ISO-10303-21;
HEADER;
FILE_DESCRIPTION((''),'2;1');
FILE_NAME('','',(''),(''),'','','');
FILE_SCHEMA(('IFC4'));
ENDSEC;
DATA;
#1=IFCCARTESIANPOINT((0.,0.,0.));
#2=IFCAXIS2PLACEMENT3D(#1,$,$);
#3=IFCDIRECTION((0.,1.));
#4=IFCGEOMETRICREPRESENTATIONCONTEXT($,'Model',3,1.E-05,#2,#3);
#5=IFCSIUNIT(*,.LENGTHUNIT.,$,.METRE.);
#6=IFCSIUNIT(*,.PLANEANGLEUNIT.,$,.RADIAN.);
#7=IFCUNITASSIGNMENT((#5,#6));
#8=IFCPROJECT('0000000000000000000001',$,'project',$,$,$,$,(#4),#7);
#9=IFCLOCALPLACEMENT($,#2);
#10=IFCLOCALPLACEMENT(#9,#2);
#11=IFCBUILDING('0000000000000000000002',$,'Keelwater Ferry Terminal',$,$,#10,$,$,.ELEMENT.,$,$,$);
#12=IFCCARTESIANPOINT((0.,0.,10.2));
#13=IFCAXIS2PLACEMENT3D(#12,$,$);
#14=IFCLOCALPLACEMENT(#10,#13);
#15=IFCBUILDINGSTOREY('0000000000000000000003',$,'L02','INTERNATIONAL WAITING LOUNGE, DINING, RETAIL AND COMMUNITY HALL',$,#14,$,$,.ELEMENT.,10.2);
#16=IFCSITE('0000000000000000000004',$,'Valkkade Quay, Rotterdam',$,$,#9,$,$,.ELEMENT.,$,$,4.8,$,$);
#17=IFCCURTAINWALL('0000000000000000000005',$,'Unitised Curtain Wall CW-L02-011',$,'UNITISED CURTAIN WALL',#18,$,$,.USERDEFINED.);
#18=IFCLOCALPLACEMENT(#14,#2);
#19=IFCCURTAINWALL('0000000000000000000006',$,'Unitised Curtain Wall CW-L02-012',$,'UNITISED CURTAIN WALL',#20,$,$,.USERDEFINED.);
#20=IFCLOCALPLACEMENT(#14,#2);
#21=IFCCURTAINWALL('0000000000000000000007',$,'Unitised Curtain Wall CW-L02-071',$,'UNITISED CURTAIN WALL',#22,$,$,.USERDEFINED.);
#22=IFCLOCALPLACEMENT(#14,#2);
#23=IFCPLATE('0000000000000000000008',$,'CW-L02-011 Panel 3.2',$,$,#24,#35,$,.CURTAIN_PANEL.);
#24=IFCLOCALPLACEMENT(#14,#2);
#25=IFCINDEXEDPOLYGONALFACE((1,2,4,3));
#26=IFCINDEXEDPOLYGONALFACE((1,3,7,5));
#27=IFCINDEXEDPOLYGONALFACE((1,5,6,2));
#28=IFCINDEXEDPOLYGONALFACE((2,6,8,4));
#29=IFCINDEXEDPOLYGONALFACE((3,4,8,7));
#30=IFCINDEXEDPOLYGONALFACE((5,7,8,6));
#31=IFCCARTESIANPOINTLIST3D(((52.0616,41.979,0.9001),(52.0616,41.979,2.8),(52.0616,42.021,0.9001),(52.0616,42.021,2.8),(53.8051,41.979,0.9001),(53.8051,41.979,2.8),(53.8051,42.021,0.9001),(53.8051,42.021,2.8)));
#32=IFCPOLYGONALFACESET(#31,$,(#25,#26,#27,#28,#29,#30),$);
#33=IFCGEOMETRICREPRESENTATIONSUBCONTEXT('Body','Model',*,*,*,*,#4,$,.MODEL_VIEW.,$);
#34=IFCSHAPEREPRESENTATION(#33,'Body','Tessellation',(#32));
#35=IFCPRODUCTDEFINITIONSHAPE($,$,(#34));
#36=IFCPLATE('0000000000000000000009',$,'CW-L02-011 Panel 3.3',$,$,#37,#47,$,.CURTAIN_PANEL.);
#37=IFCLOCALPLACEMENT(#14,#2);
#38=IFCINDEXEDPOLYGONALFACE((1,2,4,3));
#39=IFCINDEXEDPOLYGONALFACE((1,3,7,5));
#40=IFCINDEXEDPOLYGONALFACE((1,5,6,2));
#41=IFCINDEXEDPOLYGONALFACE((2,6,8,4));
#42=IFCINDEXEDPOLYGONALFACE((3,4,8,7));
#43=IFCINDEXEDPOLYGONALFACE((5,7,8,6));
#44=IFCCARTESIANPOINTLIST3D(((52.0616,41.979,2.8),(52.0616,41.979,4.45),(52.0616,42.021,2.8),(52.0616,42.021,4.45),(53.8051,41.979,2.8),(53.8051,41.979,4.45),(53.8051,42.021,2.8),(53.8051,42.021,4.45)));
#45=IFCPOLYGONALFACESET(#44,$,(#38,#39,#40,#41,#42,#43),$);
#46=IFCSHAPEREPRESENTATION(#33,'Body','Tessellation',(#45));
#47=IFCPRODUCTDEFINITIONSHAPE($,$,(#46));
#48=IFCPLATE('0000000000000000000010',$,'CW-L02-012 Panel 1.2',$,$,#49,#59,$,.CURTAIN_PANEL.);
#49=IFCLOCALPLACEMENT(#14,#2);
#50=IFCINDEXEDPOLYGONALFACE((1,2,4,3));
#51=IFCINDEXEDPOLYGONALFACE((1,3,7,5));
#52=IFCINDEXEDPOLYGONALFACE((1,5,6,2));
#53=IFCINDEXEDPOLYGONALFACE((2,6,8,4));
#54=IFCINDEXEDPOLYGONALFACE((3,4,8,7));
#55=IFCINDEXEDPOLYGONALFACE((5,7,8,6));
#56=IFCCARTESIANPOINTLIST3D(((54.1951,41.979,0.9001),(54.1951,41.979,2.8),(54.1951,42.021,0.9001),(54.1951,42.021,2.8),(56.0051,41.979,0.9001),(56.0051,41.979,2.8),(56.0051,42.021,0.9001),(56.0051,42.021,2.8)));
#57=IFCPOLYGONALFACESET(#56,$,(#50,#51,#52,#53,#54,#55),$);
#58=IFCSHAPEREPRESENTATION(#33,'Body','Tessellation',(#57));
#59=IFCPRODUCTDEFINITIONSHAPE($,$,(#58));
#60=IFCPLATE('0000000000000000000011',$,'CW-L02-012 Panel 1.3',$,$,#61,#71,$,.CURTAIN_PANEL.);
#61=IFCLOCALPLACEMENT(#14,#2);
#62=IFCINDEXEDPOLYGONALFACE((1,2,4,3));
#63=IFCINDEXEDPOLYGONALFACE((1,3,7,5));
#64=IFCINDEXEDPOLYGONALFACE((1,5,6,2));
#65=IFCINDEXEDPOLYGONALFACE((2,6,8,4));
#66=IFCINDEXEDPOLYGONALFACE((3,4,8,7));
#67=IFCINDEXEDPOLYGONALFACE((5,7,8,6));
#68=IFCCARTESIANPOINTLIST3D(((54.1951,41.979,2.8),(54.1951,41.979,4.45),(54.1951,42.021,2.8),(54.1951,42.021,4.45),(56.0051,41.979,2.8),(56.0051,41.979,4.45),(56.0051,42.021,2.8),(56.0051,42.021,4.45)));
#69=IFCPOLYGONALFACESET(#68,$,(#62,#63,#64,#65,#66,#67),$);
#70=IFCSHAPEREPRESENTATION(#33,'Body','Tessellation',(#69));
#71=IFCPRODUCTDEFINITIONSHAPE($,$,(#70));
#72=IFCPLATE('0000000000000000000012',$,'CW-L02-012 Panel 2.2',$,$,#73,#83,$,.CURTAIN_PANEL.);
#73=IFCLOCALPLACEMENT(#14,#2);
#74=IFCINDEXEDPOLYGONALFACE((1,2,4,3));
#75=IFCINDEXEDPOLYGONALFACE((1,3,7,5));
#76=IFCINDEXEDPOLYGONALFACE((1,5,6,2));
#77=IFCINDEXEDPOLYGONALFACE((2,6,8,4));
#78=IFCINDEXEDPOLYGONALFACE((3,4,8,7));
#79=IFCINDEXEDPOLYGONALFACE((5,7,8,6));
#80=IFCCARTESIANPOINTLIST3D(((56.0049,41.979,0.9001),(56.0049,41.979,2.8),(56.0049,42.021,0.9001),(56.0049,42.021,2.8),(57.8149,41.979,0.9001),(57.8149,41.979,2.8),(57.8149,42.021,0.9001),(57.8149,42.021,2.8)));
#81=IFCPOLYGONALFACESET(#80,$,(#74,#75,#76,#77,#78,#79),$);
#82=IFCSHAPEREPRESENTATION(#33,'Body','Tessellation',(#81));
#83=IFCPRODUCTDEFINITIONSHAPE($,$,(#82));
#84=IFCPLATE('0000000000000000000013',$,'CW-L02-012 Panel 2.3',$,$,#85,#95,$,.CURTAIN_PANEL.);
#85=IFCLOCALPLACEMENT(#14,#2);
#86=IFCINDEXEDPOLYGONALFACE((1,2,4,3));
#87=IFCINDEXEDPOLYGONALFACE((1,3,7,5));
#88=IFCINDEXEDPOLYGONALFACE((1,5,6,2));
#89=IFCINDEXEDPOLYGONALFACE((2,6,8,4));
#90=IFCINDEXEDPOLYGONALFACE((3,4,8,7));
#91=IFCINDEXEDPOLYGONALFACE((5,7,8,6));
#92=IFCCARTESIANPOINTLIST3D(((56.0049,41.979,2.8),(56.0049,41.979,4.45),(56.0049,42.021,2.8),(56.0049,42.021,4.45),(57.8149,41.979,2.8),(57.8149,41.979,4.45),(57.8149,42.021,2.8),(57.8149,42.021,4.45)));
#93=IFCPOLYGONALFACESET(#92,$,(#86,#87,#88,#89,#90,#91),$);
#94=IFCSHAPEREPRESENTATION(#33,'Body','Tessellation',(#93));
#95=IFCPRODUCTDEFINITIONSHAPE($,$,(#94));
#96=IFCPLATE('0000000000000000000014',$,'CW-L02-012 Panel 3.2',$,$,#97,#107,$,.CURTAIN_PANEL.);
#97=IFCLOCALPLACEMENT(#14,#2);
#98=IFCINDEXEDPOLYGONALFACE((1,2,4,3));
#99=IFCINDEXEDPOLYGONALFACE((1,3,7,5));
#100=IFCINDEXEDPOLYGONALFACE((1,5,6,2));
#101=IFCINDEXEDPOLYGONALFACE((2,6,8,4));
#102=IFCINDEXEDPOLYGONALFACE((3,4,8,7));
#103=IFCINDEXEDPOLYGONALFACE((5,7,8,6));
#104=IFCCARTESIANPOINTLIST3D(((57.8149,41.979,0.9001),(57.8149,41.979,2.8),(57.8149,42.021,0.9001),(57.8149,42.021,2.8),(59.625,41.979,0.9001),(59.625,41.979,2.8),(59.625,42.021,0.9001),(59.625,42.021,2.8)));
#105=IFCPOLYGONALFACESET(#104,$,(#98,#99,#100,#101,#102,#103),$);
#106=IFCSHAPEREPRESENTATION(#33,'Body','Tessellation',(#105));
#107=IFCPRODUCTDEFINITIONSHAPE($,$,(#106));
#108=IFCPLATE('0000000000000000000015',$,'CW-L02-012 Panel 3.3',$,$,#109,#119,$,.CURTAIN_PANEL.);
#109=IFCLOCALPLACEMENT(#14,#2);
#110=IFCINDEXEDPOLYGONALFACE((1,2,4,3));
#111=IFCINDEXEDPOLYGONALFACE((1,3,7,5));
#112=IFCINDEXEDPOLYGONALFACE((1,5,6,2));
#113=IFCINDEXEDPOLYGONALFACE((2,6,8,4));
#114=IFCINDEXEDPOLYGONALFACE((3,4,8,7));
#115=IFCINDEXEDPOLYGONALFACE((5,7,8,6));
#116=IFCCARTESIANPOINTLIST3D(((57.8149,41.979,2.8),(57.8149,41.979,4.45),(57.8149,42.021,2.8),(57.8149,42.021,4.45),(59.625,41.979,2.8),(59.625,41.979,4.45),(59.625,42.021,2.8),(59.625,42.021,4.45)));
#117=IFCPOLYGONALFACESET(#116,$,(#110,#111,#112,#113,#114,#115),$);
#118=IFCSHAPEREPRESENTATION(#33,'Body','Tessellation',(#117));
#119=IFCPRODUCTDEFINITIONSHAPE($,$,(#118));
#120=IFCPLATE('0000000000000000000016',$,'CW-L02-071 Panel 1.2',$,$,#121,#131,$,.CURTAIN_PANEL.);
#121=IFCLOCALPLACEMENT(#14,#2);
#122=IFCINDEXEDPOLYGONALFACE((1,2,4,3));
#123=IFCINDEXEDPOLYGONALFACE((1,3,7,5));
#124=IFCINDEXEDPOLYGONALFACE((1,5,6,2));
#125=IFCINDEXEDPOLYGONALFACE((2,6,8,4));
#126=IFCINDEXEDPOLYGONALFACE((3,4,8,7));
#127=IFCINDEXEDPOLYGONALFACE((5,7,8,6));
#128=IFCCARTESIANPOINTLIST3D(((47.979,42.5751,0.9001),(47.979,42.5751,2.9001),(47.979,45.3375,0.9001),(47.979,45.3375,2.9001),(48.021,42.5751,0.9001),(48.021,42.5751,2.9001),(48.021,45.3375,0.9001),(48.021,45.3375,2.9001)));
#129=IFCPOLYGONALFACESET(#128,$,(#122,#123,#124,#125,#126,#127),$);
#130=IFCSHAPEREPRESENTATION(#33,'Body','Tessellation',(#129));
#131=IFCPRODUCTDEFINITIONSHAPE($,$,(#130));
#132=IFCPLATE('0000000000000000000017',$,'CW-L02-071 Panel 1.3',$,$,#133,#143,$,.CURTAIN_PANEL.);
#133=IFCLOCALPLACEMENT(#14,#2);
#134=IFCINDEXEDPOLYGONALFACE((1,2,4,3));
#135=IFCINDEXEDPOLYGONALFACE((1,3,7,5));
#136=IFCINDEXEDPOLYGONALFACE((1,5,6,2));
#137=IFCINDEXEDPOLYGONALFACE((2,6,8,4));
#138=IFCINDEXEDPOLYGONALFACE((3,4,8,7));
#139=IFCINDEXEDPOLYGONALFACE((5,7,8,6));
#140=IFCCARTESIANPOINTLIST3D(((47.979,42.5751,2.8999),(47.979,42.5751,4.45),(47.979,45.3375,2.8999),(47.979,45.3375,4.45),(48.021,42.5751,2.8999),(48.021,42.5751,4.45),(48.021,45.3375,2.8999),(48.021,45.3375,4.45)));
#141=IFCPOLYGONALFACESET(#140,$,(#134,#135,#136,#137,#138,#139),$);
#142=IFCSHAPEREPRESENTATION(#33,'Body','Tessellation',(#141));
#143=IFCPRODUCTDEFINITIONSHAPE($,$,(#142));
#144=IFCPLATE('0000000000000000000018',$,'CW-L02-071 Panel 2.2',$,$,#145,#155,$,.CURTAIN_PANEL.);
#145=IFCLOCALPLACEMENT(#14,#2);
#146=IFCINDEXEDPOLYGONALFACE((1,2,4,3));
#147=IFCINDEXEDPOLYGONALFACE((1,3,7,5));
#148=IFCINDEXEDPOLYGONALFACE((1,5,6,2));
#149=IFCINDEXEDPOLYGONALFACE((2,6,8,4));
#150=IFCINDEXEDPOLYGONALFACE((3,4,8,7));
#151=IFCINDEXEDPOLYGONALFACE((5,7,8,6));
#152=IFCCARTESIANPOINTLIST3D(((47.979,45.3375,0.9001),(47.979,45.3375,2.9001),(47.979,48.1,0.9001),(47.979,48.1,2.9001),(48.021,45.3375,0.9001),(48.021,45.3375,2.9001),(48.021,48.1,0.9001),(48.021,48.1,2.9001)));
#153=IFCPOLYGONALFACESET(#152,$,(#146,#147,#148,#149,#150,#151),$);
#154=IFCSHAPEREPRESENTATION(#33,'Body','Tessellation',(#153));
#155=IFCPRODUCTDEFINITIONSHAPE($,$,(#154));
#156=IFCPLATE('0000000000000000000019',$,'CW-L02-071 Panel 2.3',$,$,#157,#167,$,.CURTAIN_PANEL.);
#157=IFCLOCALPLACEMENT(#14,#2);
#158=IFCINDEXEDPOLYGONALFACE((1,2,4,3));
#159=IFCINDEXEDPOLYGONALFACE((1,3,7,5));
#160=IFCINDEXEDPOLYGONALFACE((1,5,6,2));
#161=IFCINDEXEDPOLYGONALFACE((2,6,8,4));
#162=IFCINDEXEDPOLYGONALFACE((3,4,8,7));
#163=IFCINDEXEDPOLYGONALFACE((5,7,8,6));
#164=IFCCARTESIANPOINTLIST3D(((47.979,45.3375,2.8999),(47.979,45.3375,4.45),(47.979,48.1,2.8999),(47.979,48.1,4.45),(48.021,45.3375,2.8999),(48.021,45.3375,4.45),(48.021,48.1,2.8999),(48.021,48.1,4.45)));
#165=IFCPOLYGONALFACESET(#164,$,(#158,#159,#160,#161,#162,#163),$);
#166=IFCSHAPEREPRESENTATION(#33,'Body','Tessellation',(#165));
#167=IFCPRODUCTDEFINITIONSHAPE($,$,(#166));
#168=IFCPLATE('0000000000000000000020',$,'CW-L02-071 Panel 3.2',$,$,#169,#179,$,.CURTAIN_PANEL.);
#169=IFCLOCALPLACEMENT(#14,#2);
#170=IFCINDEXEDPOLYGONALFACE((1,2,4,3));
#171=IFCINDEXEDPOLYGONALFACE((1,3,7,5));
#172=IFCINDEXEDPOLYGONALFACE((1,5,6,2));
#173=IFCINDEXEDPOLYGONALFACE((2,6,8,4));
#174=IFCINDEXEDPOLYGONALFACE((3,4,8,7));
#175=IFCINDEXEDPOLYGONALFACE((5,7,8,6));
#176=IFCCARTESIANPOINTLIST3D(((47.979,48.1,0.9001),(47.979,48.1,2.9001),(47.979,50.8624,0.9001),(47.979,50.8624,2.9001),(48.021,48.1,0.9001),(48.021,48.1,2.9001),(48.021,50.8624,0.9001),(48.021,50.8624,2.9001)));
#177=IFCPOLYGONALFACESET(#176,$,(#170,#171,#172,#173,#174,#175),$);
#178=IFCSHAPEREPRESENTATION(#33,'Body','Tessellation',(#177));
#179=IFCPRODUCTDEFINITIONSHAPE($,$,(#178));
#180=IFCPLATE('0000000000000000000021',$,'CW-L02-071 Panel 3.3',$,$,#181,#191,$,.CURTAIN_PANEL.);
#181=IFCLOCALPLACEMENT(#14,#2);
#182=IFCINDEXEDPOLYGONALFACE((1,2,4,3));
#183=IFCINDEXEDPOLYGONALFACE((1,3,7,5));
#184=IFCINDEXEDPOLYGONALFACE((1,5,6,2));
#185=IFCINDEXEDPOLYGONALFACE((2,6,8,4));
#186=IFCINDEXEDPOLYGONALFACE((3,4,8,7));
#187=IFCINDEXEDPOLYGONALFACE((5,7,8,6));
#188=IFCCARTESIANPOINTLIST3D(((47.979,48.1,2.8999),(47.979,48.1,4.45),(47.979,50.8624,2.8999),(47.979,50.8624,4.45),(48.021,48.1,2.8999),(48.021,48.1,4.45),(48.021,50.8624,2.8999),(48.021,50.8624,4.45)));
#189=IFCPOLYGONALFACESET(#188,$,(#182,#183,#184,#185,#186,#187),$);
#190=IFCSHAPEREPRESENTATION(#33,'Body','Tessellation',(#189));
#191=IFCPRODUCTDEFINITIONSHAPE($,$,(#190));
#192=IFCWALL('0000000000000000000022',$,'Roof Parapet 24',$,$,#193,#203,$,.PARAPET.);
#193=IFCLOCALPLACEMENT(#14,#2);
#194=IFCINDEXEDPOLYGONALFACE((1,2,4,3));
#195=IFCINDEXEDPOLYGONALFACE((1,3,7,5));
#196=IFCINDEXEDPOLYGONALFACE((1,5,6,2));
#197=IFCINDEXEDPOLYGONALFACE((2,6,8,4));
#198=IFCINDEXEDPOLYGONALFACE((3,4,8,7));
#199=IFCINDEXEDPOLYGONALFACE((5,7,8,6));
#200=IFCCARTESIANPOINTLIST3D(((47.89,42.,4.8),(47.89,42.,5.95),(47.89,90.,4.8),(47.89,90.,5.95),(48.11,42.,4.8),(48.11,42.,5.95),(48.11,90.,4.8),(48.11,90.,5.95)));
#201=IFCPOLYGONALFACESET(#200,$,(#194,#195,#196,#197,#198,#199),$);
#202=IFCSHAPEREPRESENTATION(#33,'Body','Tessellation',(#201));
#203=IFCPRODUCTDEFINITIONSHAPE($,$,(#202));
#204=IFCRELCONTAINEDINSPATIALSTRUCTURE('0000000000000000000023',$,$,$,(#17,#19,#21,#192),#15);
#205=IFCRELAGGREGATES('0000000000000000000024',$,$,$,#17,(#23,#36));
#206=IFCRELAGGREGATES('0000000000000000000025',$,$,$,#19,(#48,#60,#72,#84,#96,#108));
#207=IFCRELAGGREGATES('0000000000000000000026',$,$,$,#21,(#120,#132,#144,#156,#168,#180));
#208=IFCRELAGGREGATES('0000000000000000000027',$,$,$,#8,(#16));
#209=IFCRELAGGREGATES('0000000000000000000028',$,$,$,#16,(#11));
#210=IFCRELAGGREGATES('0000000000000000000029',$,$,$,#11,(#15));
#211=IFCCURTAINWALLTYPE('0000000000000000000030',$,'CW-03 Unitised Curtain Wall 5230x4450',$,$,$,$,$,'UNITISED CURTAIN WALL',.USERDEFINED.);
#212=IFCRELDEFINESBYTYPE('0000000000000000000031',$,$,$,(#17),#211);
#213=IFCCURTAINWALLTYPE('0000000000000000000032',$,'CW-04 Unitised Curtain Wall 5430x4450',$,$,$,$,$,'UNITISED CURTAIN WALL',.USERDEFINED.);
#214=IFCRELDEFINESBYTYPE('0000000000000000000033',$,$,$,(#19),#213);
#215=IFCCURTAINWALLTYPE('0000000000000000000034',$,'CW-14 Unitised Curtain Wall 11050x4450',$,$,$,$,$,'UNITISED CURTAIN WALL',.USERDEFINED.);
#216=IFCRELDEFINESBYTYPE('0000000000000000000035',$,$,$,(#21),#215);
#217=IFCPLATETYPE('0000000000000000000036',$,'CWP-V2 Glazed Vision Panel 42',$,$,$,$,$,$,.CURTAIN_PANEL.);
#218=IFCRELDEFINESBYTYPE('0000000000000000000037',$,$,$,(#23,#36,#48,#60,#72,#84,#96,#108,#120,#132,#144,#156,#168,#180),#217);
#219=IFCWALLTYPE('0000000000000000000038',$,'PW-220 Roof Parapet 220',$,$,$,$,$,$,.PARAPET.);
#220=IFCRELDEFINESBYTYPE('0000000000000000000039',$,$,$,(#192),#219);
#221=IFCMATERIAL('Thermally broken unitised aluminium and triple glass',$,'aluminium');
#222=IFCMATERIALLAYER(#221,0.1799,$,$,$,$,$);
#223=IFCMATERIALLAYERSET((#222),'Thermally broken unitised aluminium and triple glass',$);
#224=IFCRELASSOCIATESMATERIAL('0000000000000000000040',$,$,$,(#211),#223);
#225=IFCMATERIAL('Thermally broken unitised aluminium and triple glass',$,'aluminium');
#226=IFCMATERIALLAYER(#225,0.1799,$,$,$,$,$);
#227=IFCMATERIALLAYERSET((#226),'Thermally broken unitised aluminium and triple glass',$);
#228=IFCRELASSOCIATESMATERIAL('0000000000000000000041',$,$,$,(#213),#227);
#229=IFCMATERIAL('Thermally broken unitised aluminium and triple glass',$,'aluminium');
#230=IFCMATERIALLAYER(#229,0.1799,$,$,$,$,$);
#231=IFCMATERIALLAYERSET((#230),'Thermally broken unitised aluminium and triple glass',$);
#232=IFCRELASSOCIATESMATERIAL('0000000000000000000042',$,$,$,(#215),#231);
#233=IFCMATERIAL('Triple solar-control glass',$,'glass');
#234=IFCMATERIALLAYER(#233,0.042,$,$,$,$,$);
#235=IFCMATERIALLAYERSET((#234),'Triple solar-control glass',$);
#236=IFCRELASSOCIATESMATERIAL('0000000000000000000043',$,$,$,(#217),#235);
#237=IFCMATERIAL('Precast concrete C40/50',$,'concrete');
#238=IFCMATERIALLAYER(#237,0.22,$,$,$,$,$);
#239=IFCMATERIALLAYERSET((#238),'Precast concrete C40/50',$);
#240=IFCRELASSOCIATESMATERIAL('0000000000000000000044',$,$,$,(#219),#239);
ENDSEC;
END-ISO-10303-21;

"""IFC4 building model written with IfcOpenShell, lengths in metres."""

from ifc_helpers import new_model, si_unit, direction, frame, frame_2d, origin, origin_2d, place, context, subcontext, project, spatial, rectangle, extrude, material, layer, layer_set, type_object, element, aggregate, save


model = new_model("IFC4")

# Units and contexts
model_context = context("Model", 3, precision=1e-05, world=origin(), true_north=direction((0.0, 1.0)))
body_context = subcontext(model_context, "Body", "Model", "MODEL_VIEW")
ifc_project = project(units=[si_unit("LENGTHUNIT", "METRE"), si_unit("PLANEANGLEUNIT", "RADIAN")], contexts=[model_context])

# Site, building, storey
site_placement = place(None, origin())
site = spatial("IfcSite", under=ifc_project, at=site_placement, Name="Valkkade Quay, Rotterdam", CompositionType="ELEMENT", RefElevation=4.8)
building_placement = place(site_placement, origin())
building = spatial("IfcBuilding", under=site, at=building_placement, Name="Keelwater Ferry Terminal", CompositionType="ELEMENT")
storey_placement = place(building_placement, frame((0.0, 0.0, 10.2)))
storey = spatial("IfcBuildingStorey", under=building, at=storey_placement, Name="L02", Description="INTERNATIONAL WAITING LOUNGE, DINING, RETAIL AND COMMUNITY HALL", CompositionType="ELEMENT", Elevation=10.2)

# Curtain walls
ifc_material_1 = material(Name="Thermally broken unitised aluminium and triple glass", Category="aluminium")
ifc_layer_1 = layer(ifc_material_1, 0.1799)
ifc_layer_set_1 = layer_set([ifc_layer_1], Name="Thermally broken unitised aluminium and triple glass")
curtain_wall_type_1 = type_object("IfcCurtainWallType", Name="CW-03 Unitised Curtain Wall 5230x4450", ElementType="UNITISED CURTAIN WALL", PredefinedType="USERDEFINED", material=ifc_layer_set_1)
curtain_wall_1_placement = place(storey_placement, origin())
curtain_wall_1 = element("IfcCurtainWall", 1, at=curtain_wall_1_placement, inside=storey, type_object=curtain_wall_type_1, Name="Unitised Curtain Wall CW-L02-011", ObjectType="UNITISED CURTAIN WALL", PredefinedType="USERDEFINED")
ifc_material_2 = material(Name="Thermally broken unitised aluminium and triple glass", Category="aluminium")
ifc_layer_2 = layer(ifc_material_2, 0.1799)
ifc_layer_set_2 = layer_set([ifc_layer_2], Name="Thermally broken unitised aluminium and triple glass")
curtain_wall_type_2 = type_object("IfcCurtainWallType", Name="CW-04 Unitised Curtain Wall 5430x4450", ElementType="UNITISED CURTAIN WALL", PredefinedType="USERDEFINED", material=ifc_layer_set_2)
curtain_wall_2_placement = place(storey_placement, origin())
curtain_wall_2 = element("IfcCurtainWall", 2, at=curtain_wall_2_placement, inside=storey, type_object=curtain_wall_type_2, Name="Unitised Curtain Wall CW-L02-012", ObjectType="UNITISED CURTAIN WALL", PredefinedType="USERDEFINED")
ifc_material_3 = material(Name="Thermally broken unitised aluminium and triple glass", Category="aluminium")
ifc_layer_3 = layer(ifc_material_3, 0.1799)
ifc_layer_set_3 = layer_set([ifc_layer_3], Name="Thermally broken unitised aluminium and triple glass")
curtain_wall_type_3 = type_object("IfcCurtainWallType", Name="CW-14 Unitised Curtain Wall 11050x4450", ElementType="UNITISED CURTAIN WALL", PredefinedType="USERDEFINED", material=ifc_layer_set_3)
curtain_wall_3_placement = place(storey_placement, origin())
curtain_wall_3 = element("IfcCurtainWall", 3, at=curtain_wall_3_placement, inside=storey, type_object=curtain_wall_type_3, Name="Unitised Curtain Wall CW-L02-071", ObjectType="UNITISED CURTAIN WALL", PredefinedType="USERDEFINED")

# Plates
ifc_material_4 = material(Name="Triple solar-control glass", Category="glass")
ifc_layer_4 = layer(ifc_material_4, 0.042)
ifc_layer_set_4 = layer_set([ifc_layer_4], Name="Triple solar-control glass")
plate_type = type_object("IfcPlateType", Name="CWP-V2 Glazed Vision Panel 42", PredefinedType="CURTAIN_PANEL", material=ifc_layer_set_4)
plate_1_placement = place(storey_placement, frame((52.9333, 42.0, 0.9001), z_axis=(0.0, 0.0, 1.0), x_axis=(1.0, 0.0, 0.0)))
plate_1 = element("IfcPlate", 4, at=plate_1_placement, type_object=plate_type, Name="CW-L02-011 Panel 3.2", PredefinedType="CURTAIN_PANEL", context=body_context, shape_type="SweptSolid", body=[
    extrude(rectangle(XDim=1.7434, YDim=0.042, at=origin_2d()), origin(), (0.0, 0.0, 1.0), 1.8999),
])
plate_2_placement = place(storey_placement, frame((52.9333, 42.0, 2.8), z_axis=(0.0, 0.0, 1.0), x_axis=(1.0, 0.0, 0.0)))
plate_2 = element("IfcPlate", 5, at=plate_2_placement, type_object=plate_type, Name="CW-L02-011 Panel 3.3", PredefinedType="CURTAIN_PANEL", context=body_context, shape_type="SweptSolid", body=[
    extrude(rectangle(XDim=1.7434, YDim=0.042, at=origin_2d()), origin(), (0.0, 0.0, 1.0), 1.6499),
])
aggregate(curtain_wall_1, [plate_1, plate_2])
plate_3_placement = place(storey_placement, frame((55.1001, 42.0, 0.9001), z_axis=(0.0, 0.0, 1.0), x_axis=(1.0, 0.0, 0.0)))
plate_3 = element("IfcPlate", 6, at=plate_3_placement, type_object=plate_type, Name="CW-L02-012 Panel 1.2", PredefinedType="CURTAIN_PANEL", context=body_context, shape_type="SweptSolid", body=[
    extrude(rectangle(XDim=1.8101, YDim=0.042, at=origin_2d()), origin(), (0.0, 0.0, 1.0), 1.8999),
])
plate_4_placement = place(storey_placement, frame((55.1001, 42.0, 2.8), z_axis=(0.0, 0.0, 1.0), x_axis=(1.0, 0.0, 0.0)))
plate_4 = element("IfcPlate", 7, at=plate_4_placement, type_object=plate_type, Name="CW-L02-012 Panel 1.3", PredefinedType="CURTAIN_PANEL", context=body_context, shape_type="SweptSolid", body=[
    extrude(rectangle(XDim=1.8101, YDim=0.042, at=origin_2d()), origin(), (0.0, 0.0, 1.0), 1.6499),
])
plate_5_placement = place(storey_placement, frame((56.9099, 42.0, 0.9001), z_axis=(0.0, 0.0, 1.0), x_axis=(1.0, 0.0, 0.0)))
plate_5 = element("IfcPlate", 8, at=plate_5_placement, type_object=plate_type, Name="CW-L02-012 Panel 2.2", PredefinedType="CURTAIN_PANEL", context=body_context, shape_type="SweptSolid", body=[
    extrude(rectangle(XDim=1.8101, YDim=0.042, at=origin_2d()), origin(), (0.0, 0.0, 1.0), 1.8999),
])
plate_6_placement = place(storey_placement, frame((56.9099, 42.0, 2.8), z_axis=(0.0, 0.0, 1.0), x_axis=(1.0, 0.0, 0.0)))
plate_6 = element("IfcPlate", 9, at=plate_6_placement, type_object=plate_type, Name="CW-L02-012 Panel 2.3", PredefinedType="CURTAIN_PANEL", context=body_context, shape_type="SweptSolid", body=[
    extrude(rectangle(XDim=1.8101, YDim=0.042, at=origin_2d()), origin(), (0.0, 0.0, 1.0), 1.6499),
])
plate_7_placement = place(storey_placement, frame((58.72, 42.0, 0.9001), z_axis=(0.0, 0.0, 1.0), x_axis=(1.0, 0.0, 0.0)))
plate_7 = element("IfcPlate", 10, at=plate_7_placement, type_object=plate_type, Name="CW-L02-012 Panel 3.2", PredefinedType="CURTAIN_PANEL", context=body_context, shape_type="SweptSolid", body=[
    extrude(rectangle(XDim=1.8101, YDim=0.042, at=origin_2d()), origin(), (0.0, 0.0, 1.0), 1.8999),
])
plate_8_placement = place(storey_placement, frame((58.72, 42.0, 2.8), z_axis=(0.0, 0.0, 1.0), x_axis=(1.0, 0.0, 0.0)))
plate_8 = element("IfcPlate", 11, at=plate_8_placement, type_object=plate_type, Name="CW-L02-012 Panel 3.3", PredefinedType="CURTAIN_PANEL", context=body_context, shape_type="SweptSolid", body=[
    extrude(rectangle(XDim=1.8101, YDim=0.042, at=origin_2d()), origin(), (0.0, 0.0, 1.0), 1.6499),
])
aggregate(curtain_wall_2, [plate_3, plate_4, plate_5, plate_6, plate_7, plate_8])
plate_9_placement = place(storey_placement, frame((48.0, 43.9563, 0.9001), z_axis=(0.0, 0.0, 1.0), x_axis=(0.0, 1.0, 0.0)))
plate_9 = element("IfcPlate", 12, at=plate_9_placement, type_object=plate_type, Name="CW-L02-071 Panel 1.2", PredefinedType="CURTAIN_PANEL", context=body_context, shape_type="SweptSolid", body=[
    extrude(rectangle(XDim=2.7625, YDim=0.042, at=origin_2d()), origin(), (0.0, 0.0, 1.0), 2.0),
])
plate_10_placement = place(storey_placement, frame((48.0, 43.9563, 2.8999), z_axis=(0.0, 0.0, 1.0), x_axis=(0.0, 1.0, 0.0)))
plate_10 = element("IfcPlate", 13, at=plate_10_placement, type_object=plate_type, Name="CW-L02-071 Panel 1.3", PredefinedType="CURTAIN_PANEL", context=body_context, shape_type="SweptSolid", body=[
    extrude(rectangle(XDim=2.7625, YDim=0.042, at=origin_2d()), origin(), (0.0, 0.0, 1.0), 1.55),
])
plate_11_placement = place(storey_placement, frame((48.0, 46.7188, 0.9001), z_axis=(0.0, 0.0, 1.0), x_axis=(0.0, 1.0, 0.0)))
plate_11 = element("IfcPlate", 14, at=plate_11_placement, type_object=plate_type, Name="CW-L02-071 Panel 2.2", PredefinedType="CURTAIN_PANEL", context=body_context, shape_type="SweptSolid", body=[
    extrude(rectangle(XDim=2.7625, YDim=0.042, at=origin_2d()), origin(), (0.0, 0.0, 1.0), 2.0),
])
plate_12_placement = place(storey_placement, frame((48.0, 46.7188, 2.8999), z_axis=(0.0, 0.0, 1.0), x_axis=(0.0, 1.0, 0.0)))
plate_12 = element("IfcPlate", 15, at=plate_12_placement, type_object=plate_type, Name="CW-L02-071 Panel 2.3", PredefinedType="CURTAIN_PANEL", context=body_context, shape_type="SweptSolid", body=[
    extrude(rectangle(XDim=2.7625, YDim=0.042, at=origin_2d()), origin(), (0.0, 0.0, 1.0), 1.55),
])
plate_13_placement = place(storey_placement, frame((48.0, 49.4812, 0.9001), z_axis=(0.0, 0.0, 1.0), x_axis=(0.0, 1.0, 0.0)))
plate_13 = element("IfcPlate", 16, at=plate_13_placement, type_object=plate_type, Name="CW-L02-071 Panel 3.2", PredefinedType="CURTAIN_PANEL", context=body_context, shape_type="SweptSolid", body=[
    extrude(rectangle(XDim=2.7625, YDim=0.042, at=origin_2d()), origin(), (0.0, 0.0, 1.0), 2.0),
])
plate_14_placement = place(storey_placement, frame((48.0, 49.4812, 2.8999), z_axis=(0.0, 0.0, 1.0), x_axis=(0.0, 1.0, 0.0)))
plate_14 = element("IfcPlate", 17, at=plate_14_placement, type_object=plate_type, Name="CW-L02-071 Panel 3.3", PredefinedType="CURTAIN_PANEL", context=body_context, shape_type="SweptSolid", body=[
    extrude(rectangle(XDim=2.7625, YDim=0.042, at=origin_2d()), origin(), (0.0, 0.0, 1.0), 1.55),
])
aggregate(curtain_wall_3, [plate_9, plate_10, plate_11, plate_12, plate_13, plate_14])

# Wall
ifc_material_5 = material(Name="Precast concrete C40/50", Category="concrete")
ifc_layer_5 = layer(ifc_material_5, 0.22)
ifc_layer_set_5 = layer_set([ifc_layer_5], Name="Precast concrete C40/50")
wall_type = type_object("IfcWallType", Name="PW-220 Roof Parapet 220", PredefinedType="PARAPET", material=ifc_layer_set_5)
wall_placement = place(storey_placement, frame((48.0, 42.0, 4.8), z_axis=(0.0, 0.0, 1.0), x_axis=(0.0, 1.0, 0.0)))
element("IfcWall", 18, at=wall_placement, inside=storey, type_object=wall_type, Name="Roof Parapet 24", PredefinedType="PARAPET", context=body_context, shape_type="SweptSolid", body=[
    extrude(rectangle(XDim=48.0, YDim=0.22, at=frame_2d((24.0, 0.0))), origin(), (0.0, 0.0, 1.0), 1.1499),
])

save(model, "model.ifc")
